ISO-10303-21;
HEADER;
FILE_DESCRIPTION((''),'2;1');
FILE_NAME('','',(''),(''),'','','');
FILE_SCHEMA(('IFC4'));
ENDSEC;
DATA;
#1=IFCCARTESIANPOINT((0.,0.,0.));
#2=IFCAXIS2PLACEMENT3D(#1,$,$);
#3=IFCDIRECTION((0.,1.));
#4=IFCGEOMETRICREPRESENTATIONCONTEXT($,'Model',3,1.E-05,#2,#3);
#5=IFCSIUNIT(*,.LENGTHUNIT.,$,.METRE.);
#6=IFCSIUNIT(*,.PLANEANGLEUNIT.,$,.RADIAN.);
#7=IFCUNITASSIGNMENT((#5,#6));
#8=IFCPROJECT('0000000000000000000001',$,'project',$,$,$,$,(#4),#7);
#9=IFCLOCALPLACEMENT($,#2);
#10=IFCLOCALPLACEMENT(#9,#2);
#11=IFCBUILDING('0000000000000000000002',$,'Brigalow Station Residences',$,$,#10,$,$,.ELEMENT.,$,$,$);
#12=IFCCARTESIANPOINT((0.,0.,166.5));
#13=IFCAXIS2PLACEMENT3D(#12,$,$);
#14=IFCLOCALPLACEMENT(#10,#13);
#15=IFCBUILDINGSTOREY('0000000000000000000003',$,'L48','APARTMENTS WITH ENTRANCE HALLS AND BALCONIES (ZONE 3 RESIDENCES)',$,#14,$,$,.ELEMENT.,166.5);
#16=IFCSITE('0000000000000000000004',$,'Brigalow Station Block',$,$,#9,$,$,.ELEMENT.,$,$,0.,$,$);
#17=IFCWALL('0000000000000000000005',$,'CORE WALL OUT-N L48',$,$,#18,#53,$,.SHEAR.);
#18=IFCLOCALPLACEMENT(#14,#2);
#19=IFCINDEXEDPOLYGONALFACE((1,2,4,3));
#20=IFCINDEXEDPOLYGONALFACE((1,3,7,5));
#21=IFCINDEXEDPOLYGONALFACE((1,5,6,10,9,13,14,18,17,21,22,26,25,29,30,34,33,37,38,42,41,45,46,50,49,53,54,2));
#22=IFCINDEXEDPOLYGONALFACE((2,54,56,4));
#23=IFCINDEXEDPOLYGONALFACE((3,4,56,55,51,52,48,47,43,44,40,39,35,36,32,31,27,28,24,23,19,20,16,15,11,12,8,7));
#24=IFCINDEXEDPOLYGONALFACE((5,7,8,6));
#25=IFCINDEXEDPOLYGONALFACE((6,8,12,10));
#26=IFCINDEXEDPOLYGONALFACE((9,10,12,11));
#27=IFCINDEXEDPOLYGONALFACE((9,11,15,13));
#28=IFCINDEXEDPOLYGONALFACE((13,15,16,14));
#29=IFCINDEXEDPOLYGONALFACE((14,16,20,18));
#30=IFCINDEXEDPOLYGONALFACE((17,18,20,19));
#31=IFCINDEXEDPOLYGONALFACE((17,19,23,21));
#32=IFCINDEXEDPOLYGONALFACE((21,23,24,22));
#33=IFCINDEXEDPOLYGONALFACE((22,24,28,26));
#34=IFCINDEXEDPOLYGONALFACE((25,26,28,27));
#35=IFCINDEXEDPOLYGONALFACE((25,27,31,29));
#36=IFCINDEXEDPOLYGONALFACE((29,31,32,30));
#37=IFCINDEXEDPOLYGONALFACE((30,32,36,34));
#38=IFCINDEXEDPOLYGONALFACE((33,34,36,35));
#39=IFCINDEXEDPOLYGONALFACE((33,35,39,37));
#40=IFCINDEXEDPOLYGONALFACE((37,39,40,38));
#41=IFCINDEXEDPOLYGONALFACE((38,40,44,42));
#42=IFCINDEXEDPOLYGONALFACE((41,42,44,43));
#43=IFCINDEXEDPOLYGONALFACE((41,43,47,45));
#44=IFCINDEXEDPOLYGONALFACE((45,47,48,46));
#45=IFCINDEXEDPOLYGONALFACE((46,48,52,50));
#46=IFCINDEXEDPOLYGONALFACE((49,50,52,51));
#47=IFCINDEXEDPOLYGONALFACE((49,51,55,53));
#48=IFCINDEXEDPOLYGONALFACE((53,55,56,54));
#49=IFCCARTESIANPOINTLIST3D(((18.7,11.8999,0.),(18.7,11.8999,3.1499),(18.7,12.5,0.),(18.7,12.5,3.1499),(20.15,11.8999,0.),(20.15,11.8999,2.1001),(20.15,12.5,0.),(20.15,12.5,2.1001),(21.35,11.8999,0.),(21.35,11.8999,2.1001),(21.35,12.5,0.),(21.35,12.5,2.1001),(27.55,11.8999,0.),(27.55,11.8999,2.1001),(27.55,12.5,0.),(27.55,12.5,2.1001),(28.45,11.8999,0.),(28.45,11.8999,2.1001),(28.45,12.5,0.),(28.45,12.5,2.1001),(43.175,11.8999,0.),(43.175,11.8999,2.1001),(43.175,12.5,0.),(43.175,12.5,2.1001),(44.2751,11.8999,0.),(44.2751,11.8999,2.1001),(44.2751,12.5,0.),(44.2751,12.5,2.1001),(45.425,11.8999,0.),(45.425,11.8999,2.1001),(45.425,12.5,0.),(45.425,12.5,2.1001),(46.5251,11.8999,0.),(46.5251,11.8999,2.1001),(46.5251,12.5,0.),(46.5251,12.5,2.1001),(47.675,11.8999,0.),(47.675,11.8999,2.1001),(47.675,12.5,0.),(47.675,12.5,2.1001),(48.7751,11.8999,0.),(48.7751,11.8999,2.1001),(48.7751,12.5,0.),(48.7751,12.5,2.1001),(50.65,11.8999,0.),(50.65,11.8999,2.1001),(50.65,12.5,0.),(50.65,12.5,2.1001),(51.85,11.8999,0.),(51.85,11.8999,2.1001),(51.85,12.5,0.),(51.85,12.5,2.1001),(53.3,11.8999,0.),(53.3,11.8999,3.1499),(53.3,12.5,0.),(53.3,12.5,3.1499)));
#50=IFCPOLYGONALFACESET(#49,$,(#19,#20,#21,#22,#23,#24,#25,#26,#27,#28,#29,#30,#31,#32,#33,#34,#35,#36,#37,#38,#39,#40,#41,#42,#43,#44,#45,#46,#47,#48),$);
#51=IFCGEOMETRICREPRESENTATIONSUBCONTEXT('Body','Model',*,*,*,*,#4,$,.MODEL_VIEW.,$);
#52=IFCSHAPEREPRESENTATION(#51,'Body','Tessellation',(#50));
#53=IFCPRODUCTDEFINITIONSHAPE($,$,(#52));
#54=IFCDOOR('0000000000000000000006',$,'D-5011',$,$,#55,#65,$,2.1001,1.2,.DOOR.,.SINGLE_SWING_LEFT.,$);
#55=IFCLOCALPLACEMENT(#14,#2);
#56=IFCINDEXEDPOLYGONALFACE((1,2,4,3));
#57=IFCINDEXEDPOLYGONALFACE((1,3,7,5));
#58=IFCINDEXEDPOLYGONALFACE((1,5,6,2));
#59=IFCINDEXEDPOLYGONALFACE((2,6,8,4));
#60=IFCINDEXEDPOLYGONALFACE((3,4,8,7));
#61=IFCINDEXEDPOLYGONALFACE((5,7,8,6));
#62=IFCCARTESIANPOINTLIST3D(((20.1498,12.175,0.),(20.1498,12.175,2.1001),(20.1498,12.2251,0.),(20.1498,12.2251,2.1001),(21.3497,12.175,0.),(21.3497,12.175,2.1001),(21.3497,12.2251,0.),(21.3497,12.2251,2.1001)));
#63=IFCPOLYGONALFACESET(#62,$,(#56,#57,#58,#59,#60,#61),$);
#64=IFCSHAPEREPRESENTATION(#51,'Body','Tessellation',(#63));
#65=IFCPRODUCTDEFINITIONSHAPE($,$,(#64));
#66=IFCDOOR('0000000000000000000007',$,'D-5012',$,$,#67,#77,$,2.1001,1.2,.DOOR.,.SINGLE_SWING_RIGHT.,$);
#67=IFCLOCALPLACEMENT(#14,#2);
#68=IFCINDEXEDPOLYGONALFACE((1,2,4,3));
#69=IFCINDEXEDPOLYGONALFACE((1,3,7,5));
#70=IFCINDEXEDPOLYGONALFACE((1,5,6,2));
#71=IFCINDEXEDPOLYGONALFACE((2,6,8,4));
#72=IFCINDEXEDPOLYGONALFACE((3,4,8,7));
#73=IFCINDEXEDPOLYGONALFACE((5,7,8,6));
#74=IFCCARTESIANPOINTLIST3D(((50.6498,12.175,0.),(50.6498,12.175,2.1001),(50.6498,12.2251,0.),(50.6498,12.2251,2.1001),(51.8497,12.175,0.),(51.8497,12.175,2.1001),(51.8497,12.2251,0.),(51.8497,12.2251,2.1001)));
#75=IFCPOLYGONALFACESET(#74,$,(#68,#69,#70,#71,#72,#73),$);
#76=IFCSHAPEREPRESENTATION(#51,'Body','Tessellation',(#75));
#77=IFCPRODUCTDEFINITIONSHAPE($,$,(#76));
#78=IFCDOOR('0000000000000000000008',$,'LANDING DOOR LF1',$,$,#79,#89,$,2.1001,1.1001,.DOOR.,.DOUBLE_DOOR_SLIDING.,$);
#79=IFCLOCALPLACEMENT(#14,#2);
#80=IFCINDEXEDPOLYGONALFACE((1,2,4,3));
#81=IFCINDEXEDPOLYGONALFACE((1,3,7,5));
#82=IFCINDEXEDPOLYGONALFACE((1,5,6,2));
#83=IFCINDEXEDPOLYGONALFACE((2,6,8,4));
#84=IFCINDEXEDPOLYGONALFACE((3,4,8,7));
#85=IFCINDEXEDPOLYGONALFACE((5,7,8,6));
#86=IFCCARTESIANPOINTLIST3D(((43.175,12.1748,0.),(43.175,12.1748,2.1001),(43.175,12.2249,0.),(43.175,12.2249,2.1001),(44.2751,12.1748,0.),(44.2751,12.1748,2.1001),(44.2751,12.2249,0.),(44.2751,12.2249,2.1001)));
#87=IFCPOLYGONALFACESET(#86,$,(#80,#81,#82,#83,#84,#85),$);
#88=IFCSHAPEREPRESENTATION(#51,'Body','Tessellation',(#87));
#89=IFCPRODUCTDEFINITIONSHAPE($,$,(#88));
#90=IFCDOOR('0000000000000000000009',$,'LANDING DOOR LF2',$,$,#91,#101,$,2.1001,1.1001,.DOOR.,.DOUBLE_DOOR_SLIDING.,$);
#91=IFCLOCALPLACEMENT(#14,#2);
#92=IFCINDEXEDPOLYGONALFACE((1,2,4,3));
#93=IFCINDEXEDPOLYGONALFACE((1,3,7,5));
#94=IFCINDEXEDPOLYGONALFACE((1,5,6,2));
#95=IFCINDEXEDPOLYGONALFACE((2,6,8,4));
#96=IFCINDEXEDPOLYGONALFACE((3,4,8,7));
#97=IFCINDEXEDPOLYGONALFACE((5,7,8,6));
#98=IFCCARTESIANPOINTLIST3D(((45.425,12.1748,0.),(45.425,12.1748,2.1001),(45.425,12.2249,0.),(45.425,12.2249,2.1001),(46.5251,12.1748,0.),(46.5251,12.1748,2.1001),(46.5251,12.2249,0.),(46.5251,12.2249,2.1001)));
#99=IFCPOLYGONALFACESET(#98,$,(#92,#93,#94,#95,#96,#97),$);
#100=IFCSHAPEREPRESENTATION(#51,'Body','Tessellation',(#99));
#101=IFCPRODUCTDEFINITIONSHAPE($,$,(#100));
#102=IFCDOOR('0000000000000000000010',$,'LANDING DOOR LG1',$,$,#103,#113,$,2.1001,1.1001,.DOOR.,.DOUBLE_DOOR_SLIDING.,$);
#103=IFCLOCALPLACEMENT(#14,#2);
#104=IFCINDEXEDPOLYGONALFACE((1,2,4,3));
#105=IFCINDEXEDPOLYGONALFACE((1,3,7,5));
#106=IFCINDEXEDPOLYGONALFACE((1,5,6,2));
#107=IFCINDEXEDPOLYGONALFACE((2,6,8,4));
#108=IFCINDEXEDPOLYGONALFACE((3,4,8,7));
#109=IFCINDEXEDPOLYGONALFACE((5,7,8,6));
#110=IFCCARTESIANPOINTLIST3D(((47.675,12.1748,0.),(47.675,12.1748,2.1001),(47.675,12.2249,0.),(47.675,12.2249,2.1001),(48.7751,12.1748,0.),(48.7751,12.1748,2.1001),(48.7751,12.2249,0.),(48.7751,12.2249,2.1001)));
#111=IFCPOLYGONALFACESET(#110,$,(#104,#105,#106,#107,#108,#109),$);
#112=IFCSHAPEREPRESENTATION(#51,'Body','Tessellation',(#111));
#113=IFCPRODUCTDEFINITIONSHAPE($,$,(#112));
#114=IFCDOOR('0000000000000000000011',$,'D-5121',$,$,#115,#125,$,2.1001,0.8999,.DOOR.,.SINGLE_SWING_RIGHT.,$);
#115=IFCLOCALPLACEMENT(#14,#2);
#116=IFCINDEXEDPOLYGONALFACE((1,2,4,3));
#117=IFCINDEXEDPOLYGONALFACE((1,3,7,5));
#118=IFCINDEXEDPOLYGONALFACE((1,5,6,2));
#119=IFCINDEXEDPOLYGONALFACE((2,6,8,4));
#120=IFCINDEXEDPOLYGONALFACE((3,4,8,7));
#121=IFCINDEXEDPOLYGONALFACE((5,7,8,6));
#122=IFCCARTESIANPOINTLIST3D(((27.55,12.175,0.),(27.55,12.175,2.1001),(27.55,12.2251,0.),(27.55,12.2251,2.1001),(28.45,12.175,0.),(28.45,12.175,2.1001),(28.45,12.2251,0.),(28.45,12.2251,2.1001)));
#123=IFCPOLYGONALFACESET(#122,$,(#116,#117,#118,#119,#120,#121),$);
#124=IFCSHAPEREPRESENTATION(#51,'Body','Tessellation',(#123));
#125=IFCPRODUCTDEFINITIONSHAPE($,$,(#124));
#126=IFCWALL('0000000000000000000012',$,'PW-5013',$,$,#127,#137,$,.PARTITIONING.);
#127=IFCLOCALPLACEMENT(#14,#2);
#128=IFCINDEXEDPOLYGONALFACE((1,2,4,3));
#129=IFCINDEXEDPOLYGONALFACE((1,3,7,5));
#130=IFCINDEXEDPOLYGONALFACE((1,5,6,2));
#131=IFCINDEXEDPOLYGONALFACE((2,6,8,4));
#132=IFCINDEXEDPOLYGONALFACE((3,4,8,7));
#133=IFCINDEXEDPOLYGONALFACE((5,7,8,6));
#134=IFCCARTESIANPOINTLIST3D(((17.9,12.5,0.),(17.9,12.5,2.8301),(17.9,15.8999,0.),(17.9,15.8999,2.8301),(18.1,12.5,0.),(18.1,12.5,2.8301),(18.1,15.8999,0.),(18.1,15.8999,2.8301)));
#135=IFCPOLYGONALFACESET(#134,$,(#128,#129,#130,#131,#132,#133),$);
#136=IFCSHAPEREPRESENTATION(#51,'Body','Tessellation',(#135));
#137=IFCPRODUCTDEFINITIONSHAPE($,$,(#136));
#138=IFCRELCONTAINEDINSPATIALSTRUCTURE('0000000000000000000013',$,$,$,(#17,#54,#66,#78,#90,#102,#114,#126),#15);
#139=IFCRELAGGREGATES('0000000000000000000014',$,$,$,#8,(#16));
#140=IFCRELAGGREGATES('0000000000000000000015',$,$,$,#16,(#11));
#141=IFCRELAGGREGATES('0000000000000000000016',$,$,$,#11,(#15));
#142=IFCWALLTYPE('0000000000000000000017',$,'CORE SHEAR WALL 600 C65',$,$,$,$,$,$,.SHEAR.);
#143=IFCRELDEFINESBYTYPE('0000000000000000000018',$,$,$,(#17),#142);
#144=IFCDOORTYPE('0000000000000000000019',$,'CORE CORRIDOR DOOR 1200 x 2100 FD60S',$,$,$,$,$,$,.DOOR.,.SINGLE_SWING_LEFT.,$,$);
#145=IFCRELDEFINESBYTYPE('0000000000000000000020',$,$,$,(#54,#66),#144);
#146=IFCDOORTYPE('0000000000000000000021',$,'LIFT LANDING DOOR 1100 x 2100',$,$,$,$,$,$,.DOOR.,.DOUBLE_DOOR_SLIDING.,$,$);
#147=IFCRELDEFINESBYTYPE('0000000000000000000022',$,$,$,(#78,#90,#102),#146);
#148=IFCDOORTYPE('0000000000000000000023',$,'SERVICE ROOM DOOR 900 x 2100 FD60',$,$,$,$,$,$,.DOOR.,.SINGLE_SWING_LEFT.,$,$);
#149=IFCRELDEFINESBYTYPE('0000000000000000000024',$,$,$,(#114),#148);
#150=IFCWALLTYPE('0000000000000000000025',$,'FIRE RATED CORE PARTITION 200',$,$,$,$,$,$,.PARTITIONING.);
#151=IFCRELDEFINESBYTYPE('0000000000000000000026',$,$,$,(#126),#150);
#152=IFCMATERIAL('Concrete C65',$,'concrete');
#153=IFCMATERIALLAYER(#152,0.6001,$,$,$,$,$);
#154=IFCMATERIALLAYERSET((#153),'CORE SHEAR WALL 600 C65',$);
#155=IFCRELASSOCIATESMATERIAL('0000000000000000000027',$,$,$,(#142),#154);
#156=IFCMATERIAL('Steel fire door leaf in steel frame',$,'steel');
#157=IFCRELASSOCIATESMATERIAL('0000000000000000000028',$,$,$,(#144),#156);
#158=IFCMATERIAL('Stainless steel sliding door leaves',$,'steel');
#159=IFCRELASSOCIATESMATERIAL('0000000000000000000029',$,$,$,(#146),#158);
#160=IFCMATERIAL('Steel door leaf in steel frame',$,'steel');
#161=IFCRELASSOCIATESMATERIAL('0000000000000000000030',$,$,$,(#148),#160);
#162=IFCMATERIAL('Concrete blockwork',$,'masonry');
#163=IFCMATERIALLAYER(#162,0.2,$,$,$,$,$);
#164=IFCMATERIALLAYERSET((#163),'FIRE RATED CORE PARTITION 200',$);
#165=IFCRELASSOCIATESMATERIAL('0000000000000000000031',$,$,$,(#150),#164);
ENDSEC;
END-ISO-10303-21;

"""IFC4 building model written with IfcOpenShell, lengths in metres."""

from ifc_helpers import new_model, si_unit, direction, frame, frame_2d, origin, place, context, subcontext, project, spatial, rectangle, extrude, material, layer, layer_set, type_object, element, fill, save


model = new_model("IFC4")

# Units and contexts
model_context = context("Model", 3, precision=1e-05, world=origin(), true_north=direction((0.0, 1.0)))
body_context = subcontext(model_context, "Body", "Model", "MODEL_VIEW")
ifc_project = project(units=[si_unit("LENGTHUNIT", "METRE"), si_unit("PLANEANGLEUNIT", "RADIAN")], contexts=[model_context])

# Site, building, storey
site_placement = place(None, origin())
site = spatial("IfcSite", under=ifc_project, at=site_placement, Name="Brigalow Station Block", CompositionType="ELEMENT", RefElevation=0.0)
building_placement = place(site_placement, origin())
building = spatial("IfcBuilding", under=site, at=building_placement, Name="Brigalow Station Residences", CompositionType="ELEMENT")
storey_placement = place(building_placement, frame((0.0, 0.0, 166.5)))
storey = spatial("IfcBuildingStorey", under=building, at=storey_placement, Name="L48", Description="APARTMENTS WITH ENTRANCE HALLS AND BALCONIES (ZONE 3 RESIDENCES)", CompositionType="ELEMENT", Elevation=166.5)

# Wall, openings, doors
ifc_material_1 = material(Name="Concrete C65", Category="concrete")
ifc_layer_1 = layer(ifc_material_1, 0.6001)
ifc_layer_set_1 = layer_set([ifc_layer_1], Name="CORE SHEAR WALL 600 C65")
wall_type_1 = type_object("IfcWallType", Name="CORE SHEAR WALL 600 C65", PredefinedType="SHEAR", material=ifc_layer_set_1)
wall_1_placement = place(storey_placement, frame((18.7, 12.2, 0.0), z_axis=(0.0, 0.0, 1.0), x_axis=(1.0, 0.0, 0.0)))
wall_1 = element("IfcWall", 1, at=wall_1_placement, inside=storey, type_object=wall_type_1, Name="CORE WALL OUT-N L48", PredefinedType="SHEAR", context=body_context, shape_type="SweptSolid", body=[
    extrude(rectangle(XDim=34.6001, YDim=0.6001, at=frame_2d((17.3, 0.0))), origin(), (0.0, 0.0, 1.0), 3.1499),
])
opening_1_placement = place(wall_1_placement, frame((24.4751, 0.0, 0.0)))
opening_1 = element("IfcOpeningElement", 2, at=opening_1_placement, cuts=wall_1, PredefinedType="OPENING", context=body_context, shape_type="SweptSolid", body=[
    extrude(rectangle(XDim=1.1001, YDim=2.1001, at=frame_2d((0.55, 1.05))), frame((0.0, 0.3101, 0.0), z_axis=(0.0, -1.0, 0.0), x_axis=(1.0, 0.0, 0.0)), (0.0, 0.0, 1.0), 0.6201),
])
opening_2_placement = place(wall_1_placement, frame((26.7251, 0.0, 0.0)))
opening_2 = element("IfcOpeningElement", 3, at=opening_2_placement, cuts=wall_1, PredefinedType="OPENING", context=body_context, shape_type="SweptSolid", body=[
    extrude(rectangle(XDim=1.1001, YDim=2.1001, at=frame_2d((0.55, 1.05))), frame((0.0, 0.3101, 0.0), z_axis=(0.0, -1.0, 0.0), x_axis=(1.0, 0.0, 0.0)), (0.0, 0.0, 1.0), 0.6201),
])
opening_3_placement = place(wall_1_placement, frame((28.9751, 0.0, 0.0)))
opening_3 = element("IfcOpeningElement", 4, at=opening_3_placement, cuts=wall_1, PredefinedType="OPENING", context=body_context, shape_type="SweptSolid", body=[
    extrude(rectangle(XDim=1.1001, YDim=2.1001, at=frame_2d((0.55, 1.05))), frame((0.0, 0.3101, 0.0), z_axis=(0.0, -1.0, 0.0), x_axis=(1.0, 0.0, 0.0)), (0.0, 0.0, 1.0), 0.6201),
])
opening_4_placement = place(wall_1_placement, frame((8.8501, 0.0, 0.0)))
opening_4 = element("IfcOpeningElement", 5, at=opening_4_placement, cuts=wall_1, PredefinedType="OPENING", context=body_context, shape_type="SweptSolid", body=[
    extrude(rectangle(XDim=0.8999, YDim=2.1001, at=frame_2d((0.45, 1.05))), frame((0.0, 0.3101, 0.0), z_axis=(0.0, -1.0, 0.0), x_axis=(1.0, 0.0, 0.0)), (0.0, 0.0, 1.0), 0.6201),
])
opening_5_placement = place(wall_1_placement, frame((1.45, 0.0, 0.0)))
opening_5 = element("IfcOpeningElement", 6, at=opening_5_placement, cuts=wall_1, PredefinedType="OPENING", context=body_context, shape_type="SweptSolid", body=[
    extrude(rectangle(XDim=1.2, YDim=2.1001, at=frame_2d((0.6001, 1.05))), frame((0.0, 0.3101, 0.0), z_axis=(0.0, -1.0, 0.0), x_axis=(1.0, 0.0, 0.0)), (0.0, 0.0, 1.0), 0.6201),
])
opening_6_placement = place(wall_1_placement, frame((31.95, 0.0, 0.0)))
opening_6 = element("IfcOpeningElement", 7, at=opening_6_placement, cuts=wall_1, PredefinedType="OPENING", context=body_context, shape_type="SweptSolid", body=[
    extrude(rectangle(XDim=1.2, YDim=2.1001, at=frame_2d((0.6001, 1.05))), frame((0.0, 0.3101, 0.0), z_axis=(0.0, -1.0, 0.0), x_axis=(1.0, 0.0, 0.0)), (0.0, 0.0, 1.0), 0.6201),
])
ifc_material_2 = material(Name="Steel fire door leaf in steel frame", Category="steel")
door_type_1 = type_object("IfcDoorType", Name="CORE CORRIDOR DOOR 1200 x 2100 FD60S", OperationType="SINGLE_SWING_LEFT", PredefinedType="DOOR", material=ifc_material_2)
door_1_placement = place(opening_5_placement, frame((1.2, 0.0, 0.0), z_axis=(0.0, 0.0, 1.0), x_axis=(-1.0, 0.0, 0.0)))
door_1 = element("IfcDoor", 8, at=door_1_placement, inside=storey, type_object=door_type_1, Name="D-5011", OperationType="SINGLE_SWING_LEFT", OverallHeight=2.1001, OverallWidth=1.2, PredefinedType="DOOR", context=body_context, shape_type="SweptSolid", body=[
    extrude(rectangle(XDim=1.2, YDim=2.1001, at=frame_2d((0.6001, 1.05))), frame((0.0, 0.0249, 0.0), z_axis=(0.0, -1.0, 0.0), x_axis=(1.0, 0.0, 0.0)), (0.0, 0.0, 1.0), 0.05),
])
fill(opening_5, door_1)
door_2_placement = place(opening_6_placement, frame((1.2, 0.0, 0.0), z_axis=(0.0, 0.0, 1.0), x_axis=(-1.0, 0.0, 0.0)))
door_2 = element("IfcDoor", 9, at=door_2_placement, inside=storey, type_object=door_type_1, Name="D-5012", OperationType="SINGLE_SWING_RIGHT", OverallHeight=2.1001, OverallWidth=1.2, PredefinedType="DOOR", context=body_context, shape_type="SweptSolid", body=[
    extrude(rectangle(XDim=1.2, YDim=2.1001, at=frame_2d((0.6001, 1.05))), frame((0.0, 0.0249, 0.0), z_axis=(0.0, -1.0, 0.0), x_axis=(1.0, 0.0, 0.0)), (0.0, 0.0, 1.0), 0.05),
])
fill(opening_6, door_2)
ifc_material_3 = material(Name="Stainless steel sliding door leaves", Category="steel")
door_type_2 = type_object("IfcDoorType", Name="LIFT LANDING DOOR 1100 x 2100", OperationType="DOUBLE_DOOR_SLIDING", PredefinedType="DOOR", material=ifc_material_3)
door_3_placement = place(opening_1_placement, origin())
door_3 = element("IfcDoor", 10, at=door_3_placement, inside=storey, type_object=door_type_2, Name="LANDING DOOR LF1", OperationType="DOUBLE_DOOR_SLIDING", OverallHeight=2.1001, OverallWidth=1.1001, PredefinedType="DOOR", context=body_context, shape_type="SweptSolid", body=[
    extrude(rectangle(XDim=1.1001, YDim=2.1001, at=frame_2d((0.55, 1.05))), frame((0.0, 0.0249, 0.0), z_axis=(0.0, -1.0, 0.0), x_axis=(1.0, 0.0, 0.0)), (0.0, 0.0, 1.0), 0.05),
])
fill(opening_1, door_3)
door_4_placement = place(opening_2_placement, origin())
door_4 = element("IfcDoor", 11, at=door_4_placement, inside=storey, type_object=door_type_2, Name="LANDING DOOR LF2", OperationType="DOUBLE_DOOR_SLIDING", OverallHeight=2.1001, OverallWidth=1.1001, PredefinedType="DOOR", context=body_context, shape_type="SweptSolid", body=[
    extrude(rectangle(XDim=1.1001, YDim=2.1001, at=frame_2d((0.55, 1.05))), frame((0.0, 0.0249, 0.0), z_axis=(0.0, -1.0, 0.0), x_axis=(1.0, 0.0, 0.0)), (0.0, 0.0, 1.0), 0.05),
])
fill(opening_2, door_4)
door_5_placement = place(opening_3_placement, origin())
door_5 = element("IfcDoor", 12, at=door_5_placement, inside=storey, type_object=door_type_2, Name="LANDING DOOR LG1", OperationType="DOUBLE_DOOR_SLIDING", OverallHeight=2.1001, OverallWidth=1.1001, PredefinedType="DOOR", context=body_context, shape_type="SweptSolid", body=[
    extrude(rectangle(XDim=1.1001, YDim=2.1001, at=frame_2d((0.55, 1.05))), frame((0.0, 0.0249, 0.0), z_axis=(0.0, -1.0, 0.0), x_axis=(1.0, 0.0, 0.0)), (0.0, 0.0, 1.0), 0.05),
])
fill(opening_3, door_5)
ifc_material_4 = material(Name="Steel door leaf in steel frame", Category="steel")
door_type_3 = type_object("IfcDoorType", Name="SERVICE ROOM DOOR 900 x 2100 FD60", OperationType="SINGLE_SWING_LEFT", PredefinedType="DOOR", material=ifc_material_4)
door_6_placement = place(opening_4_placement, frame((0.8999, 0.0, 0.0), z_axis=(0.0, 0.0, 1.0), x_axis=(-1.0, 0.0, 0.0)))
door_6 = element("IfcDoor", 13, at=door_6_placement, inside=storey, type_object=door_type_3, Name="D-5121", OperationType="SINGLE_SWING_RIGHT", OverallHeight=2.1001, OverallWidth=0.8999, PredefinedType="DOOR", context=body_context, shape_type="SweptSolid", body=[
    extrude(rectangle(XDim=0.8999, YDim=2.1001, at=frame_2d((0.45, 1.05))), frame((0.0, 0.0249, 0.0), z_axis=(0.0, -1.0, 0.0), x_axis=(1.0, 0.0, 0.0)), (0.0, 0.0, 1.0), 0.05),
])
fill(opening_4, door_6)

# Wall
ifc_material_5 = material(Name="Concrete blockwork", Category="masonry")
ifc_layer_2 = layer(ifc_material_5, 0.2)
ifc_layer_set_2 = layer_set([ifc_layer_2], Name="FIRE RATED CORE PARTITION 200")
wall_type_2 = type_object("IfcWallType", Name="FIRE RATED CORE PARTITION 200", PredefinedType="PARTITIONING", material=ifc_layer_set_2)
wall_2_placement = place(storey_placement, frame((18.0, 12.5, 0.0), z_axis=(0.0, 0.0, 1.0), x_axis=(0.0, 1.0, 0.0)))
element("IfcWall", 14, at=wall_2_placement, inside=storey, type_object=wall_type_2, Name="PW-5013", PredefinedType="PARTITIONING", context=body_context, shape_type="SweptSolid", body=[
    extrude(rectangle(XDim=3.3999, YDim=0.2, at=frame_2d((1.7, 0.0))), origin(), (0.0, 0.0, 1.0), 2.8301),
])

save(model, "model.ifc")
